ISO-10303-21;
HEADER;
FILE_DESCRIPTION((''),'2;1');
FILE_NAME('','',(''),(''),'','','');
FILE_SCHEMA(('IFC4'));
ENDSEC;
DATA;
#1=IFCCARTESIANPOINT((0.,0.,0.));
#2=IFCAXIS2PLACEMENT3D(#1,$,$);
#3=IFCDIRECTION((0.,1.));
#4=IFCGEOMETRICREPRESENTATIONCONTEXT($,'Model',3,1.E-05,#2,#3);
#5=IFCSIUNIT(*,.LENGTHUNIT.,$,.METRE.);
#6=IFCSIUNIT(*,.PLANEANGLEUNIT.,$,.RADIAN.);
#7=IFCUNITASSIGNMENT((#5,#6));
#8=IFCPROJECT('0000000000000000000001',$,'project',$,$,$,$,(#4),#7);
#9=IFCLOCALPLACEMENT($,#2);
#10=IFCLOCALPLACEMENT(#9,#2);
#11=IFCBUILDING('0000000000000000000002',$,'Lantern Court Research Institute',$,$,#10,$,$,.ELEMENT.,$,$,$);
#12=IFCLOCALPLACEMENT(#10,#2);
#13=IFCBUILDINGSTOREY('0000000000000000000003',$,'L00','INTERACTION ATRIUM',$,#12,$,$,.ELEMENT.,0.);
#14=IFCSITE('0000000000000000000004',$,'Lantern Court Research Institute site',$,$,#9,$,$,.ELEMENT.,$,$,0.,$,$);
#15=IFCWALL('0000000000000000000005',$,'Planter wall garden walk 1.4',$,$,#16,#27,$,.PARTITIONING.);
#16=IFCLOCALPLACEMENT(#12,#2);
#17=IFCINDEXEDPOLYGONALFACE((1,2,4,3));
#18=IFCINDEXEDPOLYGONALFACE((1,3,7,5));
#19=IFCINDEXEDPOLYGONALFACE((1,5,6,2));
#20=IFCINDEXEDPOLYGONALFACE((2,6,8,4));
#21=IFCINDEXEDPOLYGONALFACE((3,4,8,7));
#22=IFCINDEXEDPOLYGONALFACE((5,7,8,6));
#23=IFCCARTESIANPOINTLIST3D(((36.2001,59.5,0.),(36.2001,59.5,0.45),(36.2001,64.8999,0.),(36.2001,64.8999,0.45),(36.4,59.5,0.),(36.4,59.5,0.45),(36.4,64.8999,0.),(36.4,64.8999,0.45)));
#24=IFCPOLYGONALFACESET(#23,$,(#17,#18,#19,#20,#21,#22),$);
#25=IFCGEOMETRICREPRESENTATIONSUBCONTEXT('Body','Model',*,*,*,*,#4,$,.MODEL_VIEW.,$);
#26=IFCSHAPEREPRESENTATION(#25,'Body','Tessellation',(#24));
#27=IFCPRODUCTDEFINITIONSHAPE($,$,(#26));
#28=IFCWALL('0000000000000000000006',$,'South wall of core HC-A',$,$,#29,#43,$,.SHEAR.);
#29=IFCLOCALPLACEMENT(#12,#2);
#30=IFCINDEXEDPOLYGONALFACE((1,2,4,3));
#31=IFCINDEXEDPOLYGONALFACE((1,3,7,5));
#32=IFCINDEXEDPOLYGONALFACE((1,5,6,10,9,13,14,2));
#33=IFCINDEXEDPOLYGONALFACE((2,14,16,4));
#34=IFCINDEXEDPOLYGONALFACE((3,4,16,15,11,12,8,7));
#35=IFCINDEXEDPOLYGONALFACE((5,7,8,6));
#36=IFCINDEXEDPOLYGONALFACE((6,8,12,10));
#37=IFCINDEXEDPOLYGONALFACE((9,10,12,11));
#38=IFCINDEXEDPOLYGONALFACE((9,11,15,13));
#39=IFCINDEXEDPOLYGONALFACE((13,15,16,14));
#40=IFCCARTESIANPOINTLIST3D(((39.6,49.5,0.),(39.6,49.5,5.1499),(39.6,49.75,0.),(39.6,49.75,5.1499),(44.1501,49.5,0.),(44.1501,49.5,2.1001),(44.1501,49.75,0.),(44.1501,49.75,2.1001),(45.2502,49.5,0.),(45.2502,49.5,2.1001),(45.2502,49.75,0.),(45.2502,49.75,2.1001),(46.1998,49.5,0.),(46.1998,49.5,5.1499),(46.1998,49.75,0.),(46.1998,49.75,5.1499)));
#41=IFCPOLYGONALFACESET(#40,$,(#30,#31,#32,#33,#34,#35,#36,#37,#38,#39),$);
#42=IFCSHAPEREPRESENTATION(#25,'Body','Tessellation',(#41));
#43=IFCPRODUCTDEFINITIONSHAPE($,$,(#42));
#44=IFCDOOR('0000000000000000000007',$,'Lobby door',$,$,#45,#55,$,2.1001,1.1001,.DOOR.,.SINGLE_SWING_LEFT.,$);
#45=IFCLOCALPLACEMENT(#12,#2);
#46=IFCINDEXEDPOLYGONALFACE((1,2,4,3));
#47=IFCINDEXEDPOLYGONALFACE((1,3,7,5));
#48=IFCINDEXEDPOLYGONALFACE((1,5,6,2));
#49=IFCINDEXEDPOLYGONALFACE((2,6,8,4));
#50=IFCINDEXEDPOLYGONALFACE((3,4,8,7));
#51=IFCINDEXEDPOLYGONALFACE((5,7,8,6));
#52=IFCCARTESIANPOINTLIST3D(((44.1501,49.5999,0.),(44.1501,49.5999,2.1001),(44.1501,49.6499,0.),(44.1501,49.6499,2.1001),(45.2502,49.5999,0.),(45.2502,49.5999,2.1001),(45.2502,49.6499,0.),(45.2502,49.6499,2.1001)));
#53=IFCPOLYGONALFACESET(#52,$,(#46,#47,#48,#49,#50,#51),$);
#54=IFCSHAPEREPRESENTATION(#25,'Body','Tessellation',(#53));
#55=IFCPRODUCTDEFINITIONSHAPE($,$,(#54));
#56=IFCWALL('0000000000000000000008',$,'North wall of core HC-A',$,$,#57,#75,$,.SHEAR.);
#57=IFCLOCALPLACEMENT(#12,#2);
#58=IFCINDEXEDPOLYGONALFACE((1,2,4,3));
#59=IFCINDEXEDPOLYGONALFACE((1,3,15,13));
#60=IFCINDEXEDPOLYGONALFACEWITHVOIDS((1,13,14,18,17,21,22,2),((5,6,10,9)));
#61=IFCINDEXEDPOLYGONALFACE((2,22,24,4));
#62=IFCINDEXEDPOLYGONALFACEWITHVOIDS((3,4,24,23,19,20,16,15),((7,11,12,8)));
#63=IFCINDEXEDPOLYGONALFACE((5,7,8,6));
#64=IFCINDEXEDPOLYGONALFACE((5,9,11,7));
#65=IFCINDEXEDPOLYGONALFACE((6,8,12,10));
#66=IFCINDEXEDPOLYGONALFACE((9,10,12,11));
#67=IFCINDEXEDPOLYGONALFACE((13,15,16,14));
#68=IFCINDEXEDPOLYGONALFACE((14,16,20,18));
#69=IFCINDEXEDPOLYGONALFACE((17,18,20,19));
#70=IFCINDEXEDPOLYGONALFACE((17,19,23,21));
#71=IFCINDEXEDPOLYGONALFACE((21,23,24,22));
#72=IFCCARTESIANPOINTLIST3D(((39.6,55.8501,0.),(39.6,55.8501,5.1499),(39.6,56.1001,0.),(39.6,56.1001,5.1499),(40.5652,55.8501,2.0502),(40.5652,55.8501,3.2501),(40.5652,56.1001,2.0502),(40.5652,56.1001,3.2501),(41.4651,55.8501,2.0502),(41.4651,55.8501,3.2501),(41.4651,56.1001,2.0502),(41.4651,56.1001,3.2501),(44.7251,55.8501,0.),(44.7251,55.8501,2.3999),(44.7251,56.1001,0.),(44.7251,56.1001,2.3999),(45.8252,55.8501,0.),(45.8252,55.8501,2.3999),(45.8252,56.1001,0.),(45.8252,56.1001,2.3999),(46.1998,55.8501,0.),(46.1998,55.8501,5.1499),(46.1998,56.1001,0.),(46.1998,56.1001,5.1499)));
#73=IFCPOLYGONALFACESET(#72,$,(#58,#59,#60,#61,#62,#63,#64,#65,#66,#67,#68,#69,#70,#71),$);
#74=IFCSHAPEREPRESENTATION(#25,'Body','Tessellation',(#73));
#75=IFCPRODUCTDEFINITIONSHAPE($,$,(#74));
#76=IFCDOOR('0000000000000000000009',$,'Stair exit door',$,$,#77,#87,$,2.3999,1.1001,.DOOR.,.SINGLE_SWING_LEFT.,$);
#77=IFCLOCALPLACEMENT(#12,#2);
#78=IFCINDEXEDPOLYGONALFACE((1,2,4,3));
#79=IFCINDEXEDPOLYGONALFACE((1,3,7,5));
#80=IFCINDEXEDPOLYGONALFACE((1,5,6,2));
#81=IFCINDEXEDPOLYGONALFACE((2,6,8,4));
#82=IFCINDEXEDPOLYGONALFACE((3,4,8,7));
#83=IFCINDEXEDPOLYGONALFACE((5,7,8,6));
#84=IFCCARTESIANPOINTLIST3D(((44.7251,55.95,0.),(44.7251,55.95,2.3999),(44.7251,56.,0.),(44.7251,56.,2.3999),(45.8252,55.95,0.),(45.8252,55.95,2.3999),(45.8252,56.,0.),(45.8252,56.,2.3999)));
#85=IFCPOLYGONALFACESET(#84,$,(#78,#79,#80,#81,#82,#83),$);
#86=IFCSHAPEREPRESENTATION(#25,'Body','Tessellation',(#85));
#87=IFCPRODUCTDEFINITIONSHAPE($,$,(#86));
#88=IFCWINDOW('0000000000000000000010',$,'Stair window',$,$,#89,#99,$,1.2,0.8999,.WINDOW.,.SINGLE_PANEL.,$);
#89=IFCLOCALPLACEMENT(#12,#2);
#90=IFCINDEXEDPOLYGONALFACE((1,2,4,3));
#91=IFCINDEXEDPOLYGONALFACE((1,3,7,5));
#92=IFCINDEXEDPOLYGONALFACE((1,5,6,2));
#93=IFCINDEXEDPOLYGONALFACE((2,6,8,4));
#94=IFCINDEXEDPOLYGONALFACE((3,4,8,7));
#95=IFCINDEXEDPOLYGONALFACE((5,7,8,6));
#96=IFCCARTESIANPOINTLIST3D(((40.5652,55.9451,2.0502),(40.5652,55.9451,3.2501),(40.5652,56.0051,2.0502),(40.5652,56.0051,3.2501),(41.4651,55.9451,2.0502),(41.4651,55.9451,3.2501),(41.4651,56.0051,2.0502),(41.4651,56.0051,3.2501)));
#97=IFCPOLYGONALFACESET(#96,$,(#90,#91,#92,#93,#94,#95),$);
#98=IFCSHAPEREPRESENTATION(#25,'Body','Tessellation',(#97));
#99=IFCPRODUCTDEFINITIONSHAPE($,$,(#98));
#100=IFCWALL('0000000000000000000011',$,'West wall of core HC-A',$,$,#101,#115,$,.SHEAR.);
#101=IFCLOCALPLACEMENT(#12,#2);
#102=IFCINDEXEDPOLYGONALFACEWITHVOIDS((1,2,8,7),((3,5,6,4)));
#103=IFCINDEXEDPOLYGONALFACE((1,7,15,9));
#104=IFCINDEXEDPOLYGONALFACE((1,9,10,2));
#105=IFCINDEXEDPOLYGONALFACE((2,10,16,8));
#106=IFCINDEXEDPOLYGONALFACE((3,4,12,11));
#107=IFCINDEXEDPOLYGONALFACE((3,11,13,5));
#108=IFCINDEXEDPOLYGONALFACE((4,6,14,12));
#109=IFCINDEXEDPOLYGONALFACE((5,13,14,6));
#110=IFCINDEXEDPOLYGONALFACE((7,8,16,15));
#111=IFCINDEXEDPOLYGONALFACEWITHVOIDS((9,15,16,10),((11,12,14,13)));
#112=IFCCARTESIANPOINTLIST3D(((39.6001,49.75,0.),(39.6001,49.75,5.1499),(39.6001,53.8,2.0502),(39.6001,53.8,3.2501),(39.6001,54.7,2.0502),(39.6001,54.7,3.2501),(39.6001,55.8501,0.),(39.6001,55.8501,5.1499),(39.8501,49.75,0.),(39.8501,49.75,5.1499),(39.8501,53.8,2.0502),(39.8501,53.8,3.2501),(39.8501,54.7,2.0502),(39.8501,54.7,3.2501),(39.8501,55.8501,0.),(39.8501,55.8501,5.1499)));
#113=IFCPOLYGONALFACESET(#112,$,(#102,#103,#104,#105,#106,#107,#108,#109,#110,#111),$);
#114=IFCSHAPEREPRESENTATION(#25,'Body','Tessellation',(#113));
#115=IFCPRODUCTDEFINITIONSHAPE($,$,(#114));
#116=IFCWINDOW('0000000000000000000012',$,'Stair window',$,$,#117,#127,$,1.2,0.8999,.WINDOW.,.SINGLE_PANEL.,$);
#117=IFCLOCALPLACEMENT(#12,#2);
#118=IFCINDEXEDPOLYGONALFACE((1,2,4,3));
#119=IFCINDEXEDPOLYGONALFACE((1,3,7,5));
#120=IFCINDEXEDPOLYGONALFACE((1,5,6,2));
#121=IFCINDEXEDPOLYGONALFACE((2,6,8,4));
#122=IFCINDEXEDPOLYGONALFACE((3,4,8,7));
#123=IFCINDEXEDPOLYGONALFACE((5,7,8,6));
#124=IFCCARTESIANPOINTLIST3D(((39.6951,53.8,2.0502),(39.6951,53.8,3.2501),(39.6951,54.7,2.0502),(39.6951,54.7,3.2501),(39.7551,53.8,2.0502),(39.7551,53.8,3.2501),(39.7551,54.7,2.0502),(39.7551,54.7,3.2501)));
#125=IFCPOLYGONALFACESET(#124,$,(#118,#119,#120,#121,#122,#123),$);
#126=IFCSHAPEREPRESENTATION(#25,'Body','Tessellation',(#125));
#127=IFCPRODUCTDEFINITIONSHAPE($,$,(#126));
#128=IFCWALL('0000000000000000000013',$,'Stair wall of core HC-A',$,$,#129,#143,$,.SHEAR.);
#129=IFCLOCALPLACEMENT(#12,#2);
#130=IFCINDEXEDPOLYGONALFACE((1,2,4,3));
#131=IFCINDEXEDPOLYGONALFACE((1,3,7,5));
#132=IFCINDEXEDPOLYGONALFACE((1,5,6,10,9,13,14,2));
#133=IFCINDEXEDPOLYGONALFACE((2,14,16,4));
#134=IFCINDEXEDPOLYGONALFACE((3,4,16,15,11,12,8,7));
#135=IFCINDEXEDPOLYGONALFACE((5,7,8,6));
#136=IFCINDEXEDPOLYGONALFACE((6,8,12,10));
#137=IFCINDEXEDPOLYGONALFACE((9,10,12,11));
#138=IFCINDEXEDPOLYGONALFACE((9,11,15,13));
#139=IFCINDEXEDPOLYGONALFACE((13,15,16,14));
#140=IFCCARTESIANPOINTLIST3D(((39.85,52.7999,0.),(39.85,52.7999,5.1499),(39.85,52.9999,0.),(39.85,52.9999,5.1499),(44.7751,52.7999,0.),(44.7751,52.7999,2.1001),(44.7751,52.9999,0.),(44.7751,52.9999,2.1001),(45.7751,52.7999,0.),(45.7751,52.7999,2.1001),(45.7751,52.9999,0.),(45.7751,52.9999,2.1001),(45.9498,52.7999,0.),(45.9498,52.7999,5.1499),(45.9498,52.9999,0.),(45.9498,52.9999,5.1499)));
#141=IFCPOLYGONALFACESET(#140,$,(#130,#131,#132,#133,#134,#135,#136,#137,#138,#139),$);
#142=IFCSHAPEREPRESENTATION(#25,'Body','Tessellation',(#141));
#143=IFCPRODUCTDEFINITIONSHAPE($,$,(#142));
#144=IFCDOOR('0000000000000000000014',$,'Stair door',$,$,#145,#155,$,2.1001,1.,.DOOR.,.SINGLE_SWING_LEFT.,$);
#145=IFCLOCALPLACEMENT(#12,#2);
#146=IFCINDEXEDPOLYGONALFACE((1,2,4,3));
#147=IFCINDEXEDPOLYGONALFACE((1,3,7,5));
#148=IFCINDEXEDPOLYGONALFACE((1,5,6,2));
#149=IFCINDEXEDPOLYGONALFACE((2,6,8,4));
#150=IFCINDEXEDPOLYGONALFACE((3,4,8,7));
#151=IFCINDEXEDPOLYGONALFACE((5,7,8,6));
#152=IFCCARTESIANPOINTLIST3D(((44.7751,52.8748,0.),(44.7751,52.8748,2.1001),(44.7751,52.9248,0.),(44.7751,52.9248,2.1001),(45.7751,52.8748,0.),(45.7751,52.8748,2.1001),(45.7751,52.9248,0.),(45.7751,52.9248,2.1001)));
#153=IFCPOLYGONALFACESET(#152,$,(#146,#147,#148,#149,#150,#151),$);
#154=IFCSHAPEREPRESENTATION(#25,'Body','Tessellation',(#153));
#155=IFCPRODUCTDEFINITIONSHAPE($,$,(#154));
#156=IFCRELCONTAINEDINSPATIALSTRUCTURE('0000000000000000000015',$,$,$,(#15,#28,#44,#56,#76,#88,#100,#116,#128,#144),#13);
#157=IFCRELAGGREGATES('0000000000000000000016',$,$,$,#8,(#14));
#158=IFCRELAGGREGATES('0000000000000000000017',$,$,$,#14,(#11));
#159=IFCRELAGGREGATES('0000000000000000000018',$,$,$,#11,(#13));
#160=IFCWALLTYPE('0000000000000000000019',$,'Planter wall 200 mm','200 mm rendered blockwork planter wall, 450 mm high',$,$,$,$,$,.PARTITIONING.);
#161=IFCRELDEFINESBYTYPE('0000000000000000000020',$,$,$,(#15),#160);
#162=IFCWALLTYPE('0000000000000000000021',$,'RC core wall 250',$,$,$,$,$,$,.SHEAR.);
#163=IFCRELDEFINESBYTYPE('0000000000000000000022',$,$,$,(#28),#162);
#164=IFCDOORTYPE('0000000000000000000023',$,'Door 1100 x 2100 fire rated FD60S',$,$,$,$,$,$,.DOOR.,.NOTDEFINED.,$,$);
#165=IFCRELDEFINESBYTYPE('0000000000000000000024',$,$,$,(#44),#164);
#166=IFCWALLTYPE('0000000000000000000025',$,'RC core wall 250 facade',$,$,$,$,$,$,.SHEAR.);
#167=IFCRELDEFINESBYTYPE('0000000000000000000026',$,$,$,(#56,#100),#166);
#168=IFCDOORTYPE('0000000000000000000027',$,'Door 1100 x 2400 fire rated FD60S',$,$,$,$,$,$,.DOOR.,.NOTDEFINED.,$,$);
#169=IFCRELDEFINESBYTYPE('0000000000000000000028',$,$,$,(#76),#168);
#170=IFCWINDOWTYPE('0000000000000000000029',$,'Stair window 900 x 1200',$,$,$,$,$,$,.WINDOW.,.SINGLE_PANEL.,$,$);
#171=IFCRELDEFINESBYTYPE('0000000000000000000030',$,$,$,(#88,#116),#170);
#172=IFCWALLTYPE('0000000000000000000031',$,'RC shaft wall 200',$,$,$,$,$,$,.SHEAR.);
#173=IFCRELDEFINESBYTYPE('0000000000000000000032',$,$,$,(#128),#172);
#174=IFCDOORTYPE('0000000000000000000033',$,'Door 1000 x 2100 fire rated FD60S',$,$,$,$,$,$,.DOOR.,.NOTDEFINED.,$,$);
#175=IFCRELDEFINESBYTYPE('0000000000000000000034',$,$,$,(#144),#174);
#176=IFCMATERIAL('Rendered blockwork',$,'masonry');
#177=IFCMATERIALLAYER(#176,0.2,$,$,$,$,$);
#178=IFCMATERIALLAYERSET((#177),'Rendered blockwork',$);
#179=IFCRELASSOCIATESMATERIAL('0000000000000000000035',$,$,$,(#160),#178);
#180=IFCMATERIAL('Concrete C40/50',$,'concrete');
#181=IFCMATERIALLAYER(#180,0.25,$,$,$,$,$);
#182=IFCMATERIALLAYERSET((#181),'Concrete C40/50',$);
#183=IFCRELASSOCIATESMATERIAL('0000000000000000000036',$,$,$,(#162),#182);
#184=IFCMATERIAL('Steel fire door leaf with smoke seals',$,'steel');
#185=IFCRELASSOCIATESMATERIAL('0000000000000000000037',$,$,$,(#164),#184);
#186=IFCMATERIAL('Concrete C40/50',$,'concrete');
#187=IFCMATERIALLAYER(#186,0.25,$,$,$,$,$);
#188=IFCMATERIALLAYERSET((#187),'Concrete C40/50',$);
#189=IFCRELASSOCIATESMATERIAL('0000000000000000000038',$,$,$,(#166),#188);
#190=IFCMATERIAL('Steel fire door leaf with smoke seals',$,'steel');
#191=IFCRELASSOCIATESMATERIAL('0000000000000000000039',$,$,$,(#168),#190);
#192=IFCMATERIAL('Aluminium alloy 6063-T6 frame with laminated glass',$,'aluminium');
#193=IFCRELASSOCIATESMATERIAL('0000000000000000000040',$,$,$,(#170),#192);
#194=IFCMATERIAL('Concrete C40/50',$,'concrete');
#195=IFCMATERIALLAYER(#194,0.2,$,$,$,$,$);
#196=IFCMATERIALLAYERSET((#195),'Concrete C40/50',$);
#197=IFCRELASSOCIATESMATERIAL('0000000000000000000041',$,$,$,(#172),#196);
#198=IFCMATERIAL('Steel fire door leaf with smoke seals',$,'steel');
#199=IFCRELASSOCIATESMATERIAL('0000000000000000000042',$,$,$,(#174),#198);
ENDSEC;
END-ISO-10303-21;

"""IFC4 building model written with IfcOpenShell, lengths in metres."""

from ifc_helpers import new_model, si_unit, direction, frame, frame_2d, origin, place, context, subcontext, project, spatial, rectangle, extrude, material, layer, layer_set, type_object, element, fill, save


model = new_model("IFC4")

# Units and contexts
model_context = context("Model", 3, precision=1e-05, world=origin(), true_north=direction((0.0, 1.0)))
body_context = subcontext(model_context, "Body", "Model", "MODEL_VIEW")
ifc_project = project(units=[si_unit("LENGTHUNIT", "METRE"), si_unit("PLANEANGLEUNIT", "RADIAN")], contexts=[model_context])

# Site, building, storey
site_placement = place(None, origin())
site = spatial("IfcSite", under=ifc_project, at=site_placement, Name="Lantern Court Research Institute site", CompositionType="ELEMENT", RefElevation=0.0)
building_placement = place(site_placement, origin())
building = spatial("IfcBuilding", under=site, at=building_placement, Name="Lantern Court Research Institute", CompositionType="ELEMENT")
storey_placement = place(building_placement, origin())
storey = spatial("IfcBuildingStorey", under=building, at=storey_placement, Name="L00", Description="INTERACTION ATRIUM", CompositionType="ELEMENT", Elevation=0.0)

# Wall
ifc_material_1 = material(Name="Rendered blockwork", Category="masonry")
ifc_layer_1 = layer(ifc_material_1, 0.2)
ifc_layer_set_1 = layer_set([ifc_layer_1], Name="Rendered blockwork")
wall_type_1 = type_object("IfcWallType", Name="Planter wall 200 mm", Description="200 mm rendered blockwork planter wall, 450 mm high", PredefinedType="PARTITIONING", material=ifc_layer_set_1)
wall_1_placement = place(storey_placement, frame((36.3, 59.5, 0.0), z_axis=(0.0, 0.0, 1.0), x_axis=(0.0, 1.0, 0.0)))
element("IfcWall", 1, at=wall_1_placement, inside=storey, type_object=wall_type_1, Name="Planter wall garden walk 1.4", PredefinedType="PARTITIONING", context=body_context, shape_type="SweptSolid", body=[
    extrude(rectangle(XDim=5.3999, YDim=0.2, at=frame_2d((2.7, 0.0))), origin(), (0.0, 0.0, 1.0), 0.45),
])

# Wall, opening, door
ifc_material_2 = material(Name="Concrete C40/50", Category="concrete")
ifc_layer_2 = layer(ifc_material_2, 0.25)
ifc_layer_set_2 = layer_set([ifc_layer_2], Name="Concrete C40/50")
wall_type_2 = type_object("IfcWallType", Name="RC core wall 250", PredefinedType="SHEAR", material=ifc_layer_set_2)
wall_2_placement = place(storey_placement, frame((39.6001, 49.625, 0.0), z_axis=(0.0, 0.0, 1.0), x_axis=(1.0, 0.0, 0.0)))
wall_2 = element("IfcWall", 2, at=wall_2_placement, inside=storey, type_object=wall_type_2, Name="South wall of core HC-A", PredefinedType="SHEAR", context=body_context, shape_type="SweptSolid", body=[
    extrude(rectangle(XDim=6.5999, YDim=0.25, at=frame_2d((3.2998, 0.0))), origin(), (0.0, 0.0, 1.0), 5.1499),
])
opening_1_placement = place(wall_2_placement, frame((4.55, 0.0, 0.0)))
opening_1 = element("IfcOpeningElement", 3, at=opening_1_placement, cuts=wall_2, PredefinedType="OPENING", context=body_context, shape_type="SweptSolid", body=[
    extrude(rectangle(XDim=1.1001, YDim=2.1001, at=frame_2d((0.55, 1.05))), frame((0.0, 0.135, 0.0), z_axis=(0.0, -1.0, 0.0), x_axis=(1.0, 0.0, 0.0)), (0.0, 0.0, 1.0), 0.27),
])
ifc_material_3 = material(Name="Steel fire door leaf with smoke seals", Category="steel")
door_type_1 = type_object("IfcDoorType", Name="Door 1100 x 2100 fire rated FD60S", OperationType="NOTDEFINED", PredefinedType="DOOR", material=ifc_material_3)
door_1_placement = place(opening_1_placement, origin())
door_1 = element("IfcDoor", 4, at=door_1_placement, inside=storey, type_object=door_type_1, Name="Lobby door", OperationType="SINGLE_SWING_LEFT", OverallHeight=2.1001, OverallWidth=1.1001, PredefinedType="DOOR", context=body_context, shape_type="SweptSolid", body=[
    extrude(rectangle(XDim=1.1001, YDim=2.1001, at=frame_2d((0.55, 1.05))), frame((0.0, 0.0249, 0.0), z_axis=(0.0, -1.0, 0.0), x_axis=(1.0, 0.0, 0.0)), (0.0, 0.0, 1.0), 0.05),
])
fill(opening_1, door_1)

# Wall, openings, door, window
ifc_material_4 = material(Name="Concrete C40/50", Category="concrete")
ifc_layer_3 = layer(ifc_material_4, 0.25)
ifc_layer_set_3 = layer_set([ifc_layer_3], Name="Concrete C40/50")
wall_type_3 = type_object("IfcWallType", Name="RC core wall 250 facade", PredefinedType="SHEAR", material=ifc_layer_set_3)
wall_3_placement = place(storey_placement, frame((39.6001, 55.9751, 0.0), z_axis=(0.0, 0.0, 1.0), x_axis=(1.0, 0.0, 0.0)))
wall_3 = element("IfcWall", 5, at=wall_3_placement, inside=storey, type_object=wall_type_3, Name="North wall of core HC-A", PredefinedType="SHEAR", context=body_context, shape_type="SweptSolid", body=[
    extrude(rectangle(XDim=6.5999, YDim=0.25, at=frame_2d((3.2998, 0.0))), origin(), (0.0, 0.0, 1.0), 5.1499),
])
opening_2_placement = place(wall_3_placement, frame((5.125, 0.0, 0.0)))
opening_2 = element("IfcOpeningElement", 6, at=opening_2_placement, cuts=wall_3, PredefinedType="OPENING", context=body_context, shape_type="SweptSolid", body=[
    extrude(rectangle(XDim=1.1001, YDim=2.3999, at=frame_2d((0.55, 1.2))), frame((0.0, 0.135, 0.0), z_axis=(0.0, -1.0, 0.0), x_axis=(1.0, 0.0, 0.0)), (0.0, 0.0, 1.0), 0.27),
])
opening_3_placement = place(wall_3_placement, frame((0.9651, 0.0, 2.05)))
opening_3 = element("IfcOpeningElement", 7, at=opening_3_placement, cuts=wall_3, PredefinedType="OPENING", context=body_context, shape_type="SweptSolid", body=[
    extrude(rectangle(XDim=0.8999, YDim=1.2, at=frame_2d((0.45, 0.6001))), frame((0.0, 0.135, 0.0), z_axis=(0.0, -1.0, 0.0), x_axis=(1.0, 0.0, 0.0)), (0.0, 0.0, 1.0), 0.27),
])
ifc_material_5 = material(Name="Steel fire door leaf with smoke seals", Category="steel")
door_type_2 = type_object("IfcDoorType", Name="Door 1100 x 2400 fire rated FD60S", OperationType="NOTDEFINED", PredefinedType="DOOR", material=ifc_material_5)
door_2_placement = place(opening_2_placement, origin())
door_2 = element("IfcDoor", 8, at=door_2_placement, inside=storey, type_object=door_type_2, Name="Stair exit door", OperationType="SINGLE_SWING_LEFT", OverallHeight=2.3999, OverallWidth=1.1001, PredefinedType="DOOR", context=body_context, shape_type="SweptSolid", body=[
    extrude(rectangle(XDim=1.1001, YDim=2.3999, at=frame_2d((0.55, 1.2))), frame((0.0, 0.0249, 0.0), z_axis=(0.0, -1.0, 0.0), x_axis=(1.0, 0.0, 0.0)), (0.0, 0.0, 1.0), 0.05),
])
fill(opening_2, door_2)
ifc_material_6 = material(Name="Aluminium alloy 6063-T6 frame with laminated glass", Category="aluminium")
window_type = type_object("IfcWindowType", Name="Stair window 900 x 1200", PartitioningType="SINGLE_PANEL", PredefinedType="WINDOW", material=ifc_material_6)
window_1_placement = place(opening_3_placement, origin())
window_1 = element("IfcWindow", 9, at=window_1_placement, inside=storey, type_object=window_type, Name="Stair window", OverallHeight=1.2, OverallWidth=0.8999, PartitioningType="SINGLE_PANEL", PredefinedType="WINDOW", context=body_context, shape_type="SweptSolid", body=[
    extrude(rectangle(XDim=0.8999, YDim=1.2, at=frame_2d((0.45, 0.6001))), frame((0.0, 0.03, 0.0), z_axis=(0.0, -1.0, 0.0), x_axis=(1.0, 0.0, 0.0)), (0.0, 0.0, 1.0), 0.0601),
])
fill(opening_3, window_1)

# Wall, opening, window
wall_4_placement = place(storey_placement, frame((39.7251, 49.75, 0.0), z_axis=(0.0, 0.0, 1.0), x_axis=(0.0, 1.0, 0.0)))
wall_4 = element("IfcWall", 10, at=wall_4_placement, inside=storey, type_object=wall_type_3, Name="West wall of core HC-A", PredefinedType="SHEAR", context=body_context, shape_type="SweptSolid", body=[
    extrude(rectangle(XDim=6.1001, YDim=0.25, at=frame_2d((3.05, 0.0))), origin(), (0.0, 0.0, 1.0), 5.1499),
])
opening_4_placement = place(wall_4_placement, frame((4.05, 0.0, 2.05)))
opening_4 = element("IfcOpeningElement", 11, at=opening_4_placement, cuts=wall_4, PredefinedType="OPENING", context=body_context, shape_type="SweptSolid", body=[
    extrude(rectangle(XDim=0.8999, YDim=1.2, at=frame_2d((0.45, 0.6001))), frame((0.0, 0.135, 0.0), z_axis=(0.0, -1.0, 0.0), x_axis=(1.0, 0.0, 0.0)), (0.0, 0.0, 1.0), 0.27),
])
window_2_placement = place(opening_4_placement, origin())
window_2 = element("IfcWindow", 12, at=window_2_placement, inside=storey, type_object=window_type, Name="Stair window", OverallHeight=1.2, OverallWidth=0.8999, PartitioningType="SINGLE_PANEL", PredefinedType="WINDOW", context=body_context, shape_type="SweptSolid", body=[
    extrude(rectangle(XDim=0.8999, YDim=1.2, at=frame_2d((0.45, 0.6001))), frame((0.0, 0.03, 0.0), z_axis=(0.0, -1.0, 0.0), x_axis=(1.0, 0.0, 0.0)), (0.0, 0.0, 1.0), 0.0601),
])
fill(opening_4, window_2)

# Wall, opening, door
ifc_material_7 = material(Name="Concrete C40/50", Category="concrete")
ifc_layer_4 = layer(ifc_material_7, 0.2)
ifc_layer_set_4 = layer_set([ifc_layer_4], Name="Concrete C40/50")
wall_type_4 = type_object("IfcWallType", Name="RC shaft wall 200", PredefinedType="SHEAR", material=ifc_layer_set_4)
wall_5_placement = place(storey_placement, frame((39.8501, 52.8999, 0.0), z_axis=(0.0, 0.0, 1.0), x_axis=(1.0, 0.0, 0.0)))
wall_5 = element("IfcWall", 13, at=wall_5_placement, inside=storey, type_object=wall_type_4, Name="Stair wall of core HC-A", PredefinedType="SHEAR", context=body_context, shape_type="SweptSolid", body=[
    extrude(rectangle(XDim=6.0999, YDim=0.2, at=frame_2d((3.0498, 0.0))), origin(), (0.0, 0.0, 1.0), 5.1499),
])
opening_5_placement = place(wall_5_placement, frame((4.925, 0.0, 0.0)))
opening_5 = element("IfcOpeningElement", 14, at=opening_5_placement, cuts=wall_5, PredefinedType="OPENING", context=body_context, shape_type="SweptSolid", body=[
    extrude(rectangle(XDim=1.0, YDim=2.1001, at=frame_2d((0.5, 1.05))), frame((0.0, 0.1099, 0.0), z_axis=(0.0, -1.0, 0.0), x_axis=(1.0, 0.0, 0.0)), (0.0, 0.0, 1.0), 0.22),
])
ifc_material_8 = material(Name="Steel fire door leaf with smoke seals", Category="steel")
door_type_3 = type_object("IfcDoorType", Name="Door 1000 x 2100 fire rated FD60S", OperationType="NOTDEFINED", PredefinedType="DOOR", material=ifc_material_8)
door_3_placement = place(opening_5_placement, origin())
door_3 = element("IfcDoor", 15, at=door_3_placement, inside=storey, type_object=door_type_3, Name="Stair door", OperationType="SINGLE_SWING_LEFT", OverallHeight=2.1001, OverallWidth=1.0, PredefinedType="DOOR", context=body_context, shape_type="SweptSolid", body=[
    extrude(rectangle(XDim=1.0, YDim=2.1001, at=frame_2d((0.5, 1.05))), frame((0.0, 0.0249, 0.0), z_axis=(0.0, -1.0, 0.0), x_axis=(1.0, 0.0, 0.0)), (0.0, 0.0, 1.0), 0.05),
])
fill(opening_5, door_3)

save(model, "model.ifc")
